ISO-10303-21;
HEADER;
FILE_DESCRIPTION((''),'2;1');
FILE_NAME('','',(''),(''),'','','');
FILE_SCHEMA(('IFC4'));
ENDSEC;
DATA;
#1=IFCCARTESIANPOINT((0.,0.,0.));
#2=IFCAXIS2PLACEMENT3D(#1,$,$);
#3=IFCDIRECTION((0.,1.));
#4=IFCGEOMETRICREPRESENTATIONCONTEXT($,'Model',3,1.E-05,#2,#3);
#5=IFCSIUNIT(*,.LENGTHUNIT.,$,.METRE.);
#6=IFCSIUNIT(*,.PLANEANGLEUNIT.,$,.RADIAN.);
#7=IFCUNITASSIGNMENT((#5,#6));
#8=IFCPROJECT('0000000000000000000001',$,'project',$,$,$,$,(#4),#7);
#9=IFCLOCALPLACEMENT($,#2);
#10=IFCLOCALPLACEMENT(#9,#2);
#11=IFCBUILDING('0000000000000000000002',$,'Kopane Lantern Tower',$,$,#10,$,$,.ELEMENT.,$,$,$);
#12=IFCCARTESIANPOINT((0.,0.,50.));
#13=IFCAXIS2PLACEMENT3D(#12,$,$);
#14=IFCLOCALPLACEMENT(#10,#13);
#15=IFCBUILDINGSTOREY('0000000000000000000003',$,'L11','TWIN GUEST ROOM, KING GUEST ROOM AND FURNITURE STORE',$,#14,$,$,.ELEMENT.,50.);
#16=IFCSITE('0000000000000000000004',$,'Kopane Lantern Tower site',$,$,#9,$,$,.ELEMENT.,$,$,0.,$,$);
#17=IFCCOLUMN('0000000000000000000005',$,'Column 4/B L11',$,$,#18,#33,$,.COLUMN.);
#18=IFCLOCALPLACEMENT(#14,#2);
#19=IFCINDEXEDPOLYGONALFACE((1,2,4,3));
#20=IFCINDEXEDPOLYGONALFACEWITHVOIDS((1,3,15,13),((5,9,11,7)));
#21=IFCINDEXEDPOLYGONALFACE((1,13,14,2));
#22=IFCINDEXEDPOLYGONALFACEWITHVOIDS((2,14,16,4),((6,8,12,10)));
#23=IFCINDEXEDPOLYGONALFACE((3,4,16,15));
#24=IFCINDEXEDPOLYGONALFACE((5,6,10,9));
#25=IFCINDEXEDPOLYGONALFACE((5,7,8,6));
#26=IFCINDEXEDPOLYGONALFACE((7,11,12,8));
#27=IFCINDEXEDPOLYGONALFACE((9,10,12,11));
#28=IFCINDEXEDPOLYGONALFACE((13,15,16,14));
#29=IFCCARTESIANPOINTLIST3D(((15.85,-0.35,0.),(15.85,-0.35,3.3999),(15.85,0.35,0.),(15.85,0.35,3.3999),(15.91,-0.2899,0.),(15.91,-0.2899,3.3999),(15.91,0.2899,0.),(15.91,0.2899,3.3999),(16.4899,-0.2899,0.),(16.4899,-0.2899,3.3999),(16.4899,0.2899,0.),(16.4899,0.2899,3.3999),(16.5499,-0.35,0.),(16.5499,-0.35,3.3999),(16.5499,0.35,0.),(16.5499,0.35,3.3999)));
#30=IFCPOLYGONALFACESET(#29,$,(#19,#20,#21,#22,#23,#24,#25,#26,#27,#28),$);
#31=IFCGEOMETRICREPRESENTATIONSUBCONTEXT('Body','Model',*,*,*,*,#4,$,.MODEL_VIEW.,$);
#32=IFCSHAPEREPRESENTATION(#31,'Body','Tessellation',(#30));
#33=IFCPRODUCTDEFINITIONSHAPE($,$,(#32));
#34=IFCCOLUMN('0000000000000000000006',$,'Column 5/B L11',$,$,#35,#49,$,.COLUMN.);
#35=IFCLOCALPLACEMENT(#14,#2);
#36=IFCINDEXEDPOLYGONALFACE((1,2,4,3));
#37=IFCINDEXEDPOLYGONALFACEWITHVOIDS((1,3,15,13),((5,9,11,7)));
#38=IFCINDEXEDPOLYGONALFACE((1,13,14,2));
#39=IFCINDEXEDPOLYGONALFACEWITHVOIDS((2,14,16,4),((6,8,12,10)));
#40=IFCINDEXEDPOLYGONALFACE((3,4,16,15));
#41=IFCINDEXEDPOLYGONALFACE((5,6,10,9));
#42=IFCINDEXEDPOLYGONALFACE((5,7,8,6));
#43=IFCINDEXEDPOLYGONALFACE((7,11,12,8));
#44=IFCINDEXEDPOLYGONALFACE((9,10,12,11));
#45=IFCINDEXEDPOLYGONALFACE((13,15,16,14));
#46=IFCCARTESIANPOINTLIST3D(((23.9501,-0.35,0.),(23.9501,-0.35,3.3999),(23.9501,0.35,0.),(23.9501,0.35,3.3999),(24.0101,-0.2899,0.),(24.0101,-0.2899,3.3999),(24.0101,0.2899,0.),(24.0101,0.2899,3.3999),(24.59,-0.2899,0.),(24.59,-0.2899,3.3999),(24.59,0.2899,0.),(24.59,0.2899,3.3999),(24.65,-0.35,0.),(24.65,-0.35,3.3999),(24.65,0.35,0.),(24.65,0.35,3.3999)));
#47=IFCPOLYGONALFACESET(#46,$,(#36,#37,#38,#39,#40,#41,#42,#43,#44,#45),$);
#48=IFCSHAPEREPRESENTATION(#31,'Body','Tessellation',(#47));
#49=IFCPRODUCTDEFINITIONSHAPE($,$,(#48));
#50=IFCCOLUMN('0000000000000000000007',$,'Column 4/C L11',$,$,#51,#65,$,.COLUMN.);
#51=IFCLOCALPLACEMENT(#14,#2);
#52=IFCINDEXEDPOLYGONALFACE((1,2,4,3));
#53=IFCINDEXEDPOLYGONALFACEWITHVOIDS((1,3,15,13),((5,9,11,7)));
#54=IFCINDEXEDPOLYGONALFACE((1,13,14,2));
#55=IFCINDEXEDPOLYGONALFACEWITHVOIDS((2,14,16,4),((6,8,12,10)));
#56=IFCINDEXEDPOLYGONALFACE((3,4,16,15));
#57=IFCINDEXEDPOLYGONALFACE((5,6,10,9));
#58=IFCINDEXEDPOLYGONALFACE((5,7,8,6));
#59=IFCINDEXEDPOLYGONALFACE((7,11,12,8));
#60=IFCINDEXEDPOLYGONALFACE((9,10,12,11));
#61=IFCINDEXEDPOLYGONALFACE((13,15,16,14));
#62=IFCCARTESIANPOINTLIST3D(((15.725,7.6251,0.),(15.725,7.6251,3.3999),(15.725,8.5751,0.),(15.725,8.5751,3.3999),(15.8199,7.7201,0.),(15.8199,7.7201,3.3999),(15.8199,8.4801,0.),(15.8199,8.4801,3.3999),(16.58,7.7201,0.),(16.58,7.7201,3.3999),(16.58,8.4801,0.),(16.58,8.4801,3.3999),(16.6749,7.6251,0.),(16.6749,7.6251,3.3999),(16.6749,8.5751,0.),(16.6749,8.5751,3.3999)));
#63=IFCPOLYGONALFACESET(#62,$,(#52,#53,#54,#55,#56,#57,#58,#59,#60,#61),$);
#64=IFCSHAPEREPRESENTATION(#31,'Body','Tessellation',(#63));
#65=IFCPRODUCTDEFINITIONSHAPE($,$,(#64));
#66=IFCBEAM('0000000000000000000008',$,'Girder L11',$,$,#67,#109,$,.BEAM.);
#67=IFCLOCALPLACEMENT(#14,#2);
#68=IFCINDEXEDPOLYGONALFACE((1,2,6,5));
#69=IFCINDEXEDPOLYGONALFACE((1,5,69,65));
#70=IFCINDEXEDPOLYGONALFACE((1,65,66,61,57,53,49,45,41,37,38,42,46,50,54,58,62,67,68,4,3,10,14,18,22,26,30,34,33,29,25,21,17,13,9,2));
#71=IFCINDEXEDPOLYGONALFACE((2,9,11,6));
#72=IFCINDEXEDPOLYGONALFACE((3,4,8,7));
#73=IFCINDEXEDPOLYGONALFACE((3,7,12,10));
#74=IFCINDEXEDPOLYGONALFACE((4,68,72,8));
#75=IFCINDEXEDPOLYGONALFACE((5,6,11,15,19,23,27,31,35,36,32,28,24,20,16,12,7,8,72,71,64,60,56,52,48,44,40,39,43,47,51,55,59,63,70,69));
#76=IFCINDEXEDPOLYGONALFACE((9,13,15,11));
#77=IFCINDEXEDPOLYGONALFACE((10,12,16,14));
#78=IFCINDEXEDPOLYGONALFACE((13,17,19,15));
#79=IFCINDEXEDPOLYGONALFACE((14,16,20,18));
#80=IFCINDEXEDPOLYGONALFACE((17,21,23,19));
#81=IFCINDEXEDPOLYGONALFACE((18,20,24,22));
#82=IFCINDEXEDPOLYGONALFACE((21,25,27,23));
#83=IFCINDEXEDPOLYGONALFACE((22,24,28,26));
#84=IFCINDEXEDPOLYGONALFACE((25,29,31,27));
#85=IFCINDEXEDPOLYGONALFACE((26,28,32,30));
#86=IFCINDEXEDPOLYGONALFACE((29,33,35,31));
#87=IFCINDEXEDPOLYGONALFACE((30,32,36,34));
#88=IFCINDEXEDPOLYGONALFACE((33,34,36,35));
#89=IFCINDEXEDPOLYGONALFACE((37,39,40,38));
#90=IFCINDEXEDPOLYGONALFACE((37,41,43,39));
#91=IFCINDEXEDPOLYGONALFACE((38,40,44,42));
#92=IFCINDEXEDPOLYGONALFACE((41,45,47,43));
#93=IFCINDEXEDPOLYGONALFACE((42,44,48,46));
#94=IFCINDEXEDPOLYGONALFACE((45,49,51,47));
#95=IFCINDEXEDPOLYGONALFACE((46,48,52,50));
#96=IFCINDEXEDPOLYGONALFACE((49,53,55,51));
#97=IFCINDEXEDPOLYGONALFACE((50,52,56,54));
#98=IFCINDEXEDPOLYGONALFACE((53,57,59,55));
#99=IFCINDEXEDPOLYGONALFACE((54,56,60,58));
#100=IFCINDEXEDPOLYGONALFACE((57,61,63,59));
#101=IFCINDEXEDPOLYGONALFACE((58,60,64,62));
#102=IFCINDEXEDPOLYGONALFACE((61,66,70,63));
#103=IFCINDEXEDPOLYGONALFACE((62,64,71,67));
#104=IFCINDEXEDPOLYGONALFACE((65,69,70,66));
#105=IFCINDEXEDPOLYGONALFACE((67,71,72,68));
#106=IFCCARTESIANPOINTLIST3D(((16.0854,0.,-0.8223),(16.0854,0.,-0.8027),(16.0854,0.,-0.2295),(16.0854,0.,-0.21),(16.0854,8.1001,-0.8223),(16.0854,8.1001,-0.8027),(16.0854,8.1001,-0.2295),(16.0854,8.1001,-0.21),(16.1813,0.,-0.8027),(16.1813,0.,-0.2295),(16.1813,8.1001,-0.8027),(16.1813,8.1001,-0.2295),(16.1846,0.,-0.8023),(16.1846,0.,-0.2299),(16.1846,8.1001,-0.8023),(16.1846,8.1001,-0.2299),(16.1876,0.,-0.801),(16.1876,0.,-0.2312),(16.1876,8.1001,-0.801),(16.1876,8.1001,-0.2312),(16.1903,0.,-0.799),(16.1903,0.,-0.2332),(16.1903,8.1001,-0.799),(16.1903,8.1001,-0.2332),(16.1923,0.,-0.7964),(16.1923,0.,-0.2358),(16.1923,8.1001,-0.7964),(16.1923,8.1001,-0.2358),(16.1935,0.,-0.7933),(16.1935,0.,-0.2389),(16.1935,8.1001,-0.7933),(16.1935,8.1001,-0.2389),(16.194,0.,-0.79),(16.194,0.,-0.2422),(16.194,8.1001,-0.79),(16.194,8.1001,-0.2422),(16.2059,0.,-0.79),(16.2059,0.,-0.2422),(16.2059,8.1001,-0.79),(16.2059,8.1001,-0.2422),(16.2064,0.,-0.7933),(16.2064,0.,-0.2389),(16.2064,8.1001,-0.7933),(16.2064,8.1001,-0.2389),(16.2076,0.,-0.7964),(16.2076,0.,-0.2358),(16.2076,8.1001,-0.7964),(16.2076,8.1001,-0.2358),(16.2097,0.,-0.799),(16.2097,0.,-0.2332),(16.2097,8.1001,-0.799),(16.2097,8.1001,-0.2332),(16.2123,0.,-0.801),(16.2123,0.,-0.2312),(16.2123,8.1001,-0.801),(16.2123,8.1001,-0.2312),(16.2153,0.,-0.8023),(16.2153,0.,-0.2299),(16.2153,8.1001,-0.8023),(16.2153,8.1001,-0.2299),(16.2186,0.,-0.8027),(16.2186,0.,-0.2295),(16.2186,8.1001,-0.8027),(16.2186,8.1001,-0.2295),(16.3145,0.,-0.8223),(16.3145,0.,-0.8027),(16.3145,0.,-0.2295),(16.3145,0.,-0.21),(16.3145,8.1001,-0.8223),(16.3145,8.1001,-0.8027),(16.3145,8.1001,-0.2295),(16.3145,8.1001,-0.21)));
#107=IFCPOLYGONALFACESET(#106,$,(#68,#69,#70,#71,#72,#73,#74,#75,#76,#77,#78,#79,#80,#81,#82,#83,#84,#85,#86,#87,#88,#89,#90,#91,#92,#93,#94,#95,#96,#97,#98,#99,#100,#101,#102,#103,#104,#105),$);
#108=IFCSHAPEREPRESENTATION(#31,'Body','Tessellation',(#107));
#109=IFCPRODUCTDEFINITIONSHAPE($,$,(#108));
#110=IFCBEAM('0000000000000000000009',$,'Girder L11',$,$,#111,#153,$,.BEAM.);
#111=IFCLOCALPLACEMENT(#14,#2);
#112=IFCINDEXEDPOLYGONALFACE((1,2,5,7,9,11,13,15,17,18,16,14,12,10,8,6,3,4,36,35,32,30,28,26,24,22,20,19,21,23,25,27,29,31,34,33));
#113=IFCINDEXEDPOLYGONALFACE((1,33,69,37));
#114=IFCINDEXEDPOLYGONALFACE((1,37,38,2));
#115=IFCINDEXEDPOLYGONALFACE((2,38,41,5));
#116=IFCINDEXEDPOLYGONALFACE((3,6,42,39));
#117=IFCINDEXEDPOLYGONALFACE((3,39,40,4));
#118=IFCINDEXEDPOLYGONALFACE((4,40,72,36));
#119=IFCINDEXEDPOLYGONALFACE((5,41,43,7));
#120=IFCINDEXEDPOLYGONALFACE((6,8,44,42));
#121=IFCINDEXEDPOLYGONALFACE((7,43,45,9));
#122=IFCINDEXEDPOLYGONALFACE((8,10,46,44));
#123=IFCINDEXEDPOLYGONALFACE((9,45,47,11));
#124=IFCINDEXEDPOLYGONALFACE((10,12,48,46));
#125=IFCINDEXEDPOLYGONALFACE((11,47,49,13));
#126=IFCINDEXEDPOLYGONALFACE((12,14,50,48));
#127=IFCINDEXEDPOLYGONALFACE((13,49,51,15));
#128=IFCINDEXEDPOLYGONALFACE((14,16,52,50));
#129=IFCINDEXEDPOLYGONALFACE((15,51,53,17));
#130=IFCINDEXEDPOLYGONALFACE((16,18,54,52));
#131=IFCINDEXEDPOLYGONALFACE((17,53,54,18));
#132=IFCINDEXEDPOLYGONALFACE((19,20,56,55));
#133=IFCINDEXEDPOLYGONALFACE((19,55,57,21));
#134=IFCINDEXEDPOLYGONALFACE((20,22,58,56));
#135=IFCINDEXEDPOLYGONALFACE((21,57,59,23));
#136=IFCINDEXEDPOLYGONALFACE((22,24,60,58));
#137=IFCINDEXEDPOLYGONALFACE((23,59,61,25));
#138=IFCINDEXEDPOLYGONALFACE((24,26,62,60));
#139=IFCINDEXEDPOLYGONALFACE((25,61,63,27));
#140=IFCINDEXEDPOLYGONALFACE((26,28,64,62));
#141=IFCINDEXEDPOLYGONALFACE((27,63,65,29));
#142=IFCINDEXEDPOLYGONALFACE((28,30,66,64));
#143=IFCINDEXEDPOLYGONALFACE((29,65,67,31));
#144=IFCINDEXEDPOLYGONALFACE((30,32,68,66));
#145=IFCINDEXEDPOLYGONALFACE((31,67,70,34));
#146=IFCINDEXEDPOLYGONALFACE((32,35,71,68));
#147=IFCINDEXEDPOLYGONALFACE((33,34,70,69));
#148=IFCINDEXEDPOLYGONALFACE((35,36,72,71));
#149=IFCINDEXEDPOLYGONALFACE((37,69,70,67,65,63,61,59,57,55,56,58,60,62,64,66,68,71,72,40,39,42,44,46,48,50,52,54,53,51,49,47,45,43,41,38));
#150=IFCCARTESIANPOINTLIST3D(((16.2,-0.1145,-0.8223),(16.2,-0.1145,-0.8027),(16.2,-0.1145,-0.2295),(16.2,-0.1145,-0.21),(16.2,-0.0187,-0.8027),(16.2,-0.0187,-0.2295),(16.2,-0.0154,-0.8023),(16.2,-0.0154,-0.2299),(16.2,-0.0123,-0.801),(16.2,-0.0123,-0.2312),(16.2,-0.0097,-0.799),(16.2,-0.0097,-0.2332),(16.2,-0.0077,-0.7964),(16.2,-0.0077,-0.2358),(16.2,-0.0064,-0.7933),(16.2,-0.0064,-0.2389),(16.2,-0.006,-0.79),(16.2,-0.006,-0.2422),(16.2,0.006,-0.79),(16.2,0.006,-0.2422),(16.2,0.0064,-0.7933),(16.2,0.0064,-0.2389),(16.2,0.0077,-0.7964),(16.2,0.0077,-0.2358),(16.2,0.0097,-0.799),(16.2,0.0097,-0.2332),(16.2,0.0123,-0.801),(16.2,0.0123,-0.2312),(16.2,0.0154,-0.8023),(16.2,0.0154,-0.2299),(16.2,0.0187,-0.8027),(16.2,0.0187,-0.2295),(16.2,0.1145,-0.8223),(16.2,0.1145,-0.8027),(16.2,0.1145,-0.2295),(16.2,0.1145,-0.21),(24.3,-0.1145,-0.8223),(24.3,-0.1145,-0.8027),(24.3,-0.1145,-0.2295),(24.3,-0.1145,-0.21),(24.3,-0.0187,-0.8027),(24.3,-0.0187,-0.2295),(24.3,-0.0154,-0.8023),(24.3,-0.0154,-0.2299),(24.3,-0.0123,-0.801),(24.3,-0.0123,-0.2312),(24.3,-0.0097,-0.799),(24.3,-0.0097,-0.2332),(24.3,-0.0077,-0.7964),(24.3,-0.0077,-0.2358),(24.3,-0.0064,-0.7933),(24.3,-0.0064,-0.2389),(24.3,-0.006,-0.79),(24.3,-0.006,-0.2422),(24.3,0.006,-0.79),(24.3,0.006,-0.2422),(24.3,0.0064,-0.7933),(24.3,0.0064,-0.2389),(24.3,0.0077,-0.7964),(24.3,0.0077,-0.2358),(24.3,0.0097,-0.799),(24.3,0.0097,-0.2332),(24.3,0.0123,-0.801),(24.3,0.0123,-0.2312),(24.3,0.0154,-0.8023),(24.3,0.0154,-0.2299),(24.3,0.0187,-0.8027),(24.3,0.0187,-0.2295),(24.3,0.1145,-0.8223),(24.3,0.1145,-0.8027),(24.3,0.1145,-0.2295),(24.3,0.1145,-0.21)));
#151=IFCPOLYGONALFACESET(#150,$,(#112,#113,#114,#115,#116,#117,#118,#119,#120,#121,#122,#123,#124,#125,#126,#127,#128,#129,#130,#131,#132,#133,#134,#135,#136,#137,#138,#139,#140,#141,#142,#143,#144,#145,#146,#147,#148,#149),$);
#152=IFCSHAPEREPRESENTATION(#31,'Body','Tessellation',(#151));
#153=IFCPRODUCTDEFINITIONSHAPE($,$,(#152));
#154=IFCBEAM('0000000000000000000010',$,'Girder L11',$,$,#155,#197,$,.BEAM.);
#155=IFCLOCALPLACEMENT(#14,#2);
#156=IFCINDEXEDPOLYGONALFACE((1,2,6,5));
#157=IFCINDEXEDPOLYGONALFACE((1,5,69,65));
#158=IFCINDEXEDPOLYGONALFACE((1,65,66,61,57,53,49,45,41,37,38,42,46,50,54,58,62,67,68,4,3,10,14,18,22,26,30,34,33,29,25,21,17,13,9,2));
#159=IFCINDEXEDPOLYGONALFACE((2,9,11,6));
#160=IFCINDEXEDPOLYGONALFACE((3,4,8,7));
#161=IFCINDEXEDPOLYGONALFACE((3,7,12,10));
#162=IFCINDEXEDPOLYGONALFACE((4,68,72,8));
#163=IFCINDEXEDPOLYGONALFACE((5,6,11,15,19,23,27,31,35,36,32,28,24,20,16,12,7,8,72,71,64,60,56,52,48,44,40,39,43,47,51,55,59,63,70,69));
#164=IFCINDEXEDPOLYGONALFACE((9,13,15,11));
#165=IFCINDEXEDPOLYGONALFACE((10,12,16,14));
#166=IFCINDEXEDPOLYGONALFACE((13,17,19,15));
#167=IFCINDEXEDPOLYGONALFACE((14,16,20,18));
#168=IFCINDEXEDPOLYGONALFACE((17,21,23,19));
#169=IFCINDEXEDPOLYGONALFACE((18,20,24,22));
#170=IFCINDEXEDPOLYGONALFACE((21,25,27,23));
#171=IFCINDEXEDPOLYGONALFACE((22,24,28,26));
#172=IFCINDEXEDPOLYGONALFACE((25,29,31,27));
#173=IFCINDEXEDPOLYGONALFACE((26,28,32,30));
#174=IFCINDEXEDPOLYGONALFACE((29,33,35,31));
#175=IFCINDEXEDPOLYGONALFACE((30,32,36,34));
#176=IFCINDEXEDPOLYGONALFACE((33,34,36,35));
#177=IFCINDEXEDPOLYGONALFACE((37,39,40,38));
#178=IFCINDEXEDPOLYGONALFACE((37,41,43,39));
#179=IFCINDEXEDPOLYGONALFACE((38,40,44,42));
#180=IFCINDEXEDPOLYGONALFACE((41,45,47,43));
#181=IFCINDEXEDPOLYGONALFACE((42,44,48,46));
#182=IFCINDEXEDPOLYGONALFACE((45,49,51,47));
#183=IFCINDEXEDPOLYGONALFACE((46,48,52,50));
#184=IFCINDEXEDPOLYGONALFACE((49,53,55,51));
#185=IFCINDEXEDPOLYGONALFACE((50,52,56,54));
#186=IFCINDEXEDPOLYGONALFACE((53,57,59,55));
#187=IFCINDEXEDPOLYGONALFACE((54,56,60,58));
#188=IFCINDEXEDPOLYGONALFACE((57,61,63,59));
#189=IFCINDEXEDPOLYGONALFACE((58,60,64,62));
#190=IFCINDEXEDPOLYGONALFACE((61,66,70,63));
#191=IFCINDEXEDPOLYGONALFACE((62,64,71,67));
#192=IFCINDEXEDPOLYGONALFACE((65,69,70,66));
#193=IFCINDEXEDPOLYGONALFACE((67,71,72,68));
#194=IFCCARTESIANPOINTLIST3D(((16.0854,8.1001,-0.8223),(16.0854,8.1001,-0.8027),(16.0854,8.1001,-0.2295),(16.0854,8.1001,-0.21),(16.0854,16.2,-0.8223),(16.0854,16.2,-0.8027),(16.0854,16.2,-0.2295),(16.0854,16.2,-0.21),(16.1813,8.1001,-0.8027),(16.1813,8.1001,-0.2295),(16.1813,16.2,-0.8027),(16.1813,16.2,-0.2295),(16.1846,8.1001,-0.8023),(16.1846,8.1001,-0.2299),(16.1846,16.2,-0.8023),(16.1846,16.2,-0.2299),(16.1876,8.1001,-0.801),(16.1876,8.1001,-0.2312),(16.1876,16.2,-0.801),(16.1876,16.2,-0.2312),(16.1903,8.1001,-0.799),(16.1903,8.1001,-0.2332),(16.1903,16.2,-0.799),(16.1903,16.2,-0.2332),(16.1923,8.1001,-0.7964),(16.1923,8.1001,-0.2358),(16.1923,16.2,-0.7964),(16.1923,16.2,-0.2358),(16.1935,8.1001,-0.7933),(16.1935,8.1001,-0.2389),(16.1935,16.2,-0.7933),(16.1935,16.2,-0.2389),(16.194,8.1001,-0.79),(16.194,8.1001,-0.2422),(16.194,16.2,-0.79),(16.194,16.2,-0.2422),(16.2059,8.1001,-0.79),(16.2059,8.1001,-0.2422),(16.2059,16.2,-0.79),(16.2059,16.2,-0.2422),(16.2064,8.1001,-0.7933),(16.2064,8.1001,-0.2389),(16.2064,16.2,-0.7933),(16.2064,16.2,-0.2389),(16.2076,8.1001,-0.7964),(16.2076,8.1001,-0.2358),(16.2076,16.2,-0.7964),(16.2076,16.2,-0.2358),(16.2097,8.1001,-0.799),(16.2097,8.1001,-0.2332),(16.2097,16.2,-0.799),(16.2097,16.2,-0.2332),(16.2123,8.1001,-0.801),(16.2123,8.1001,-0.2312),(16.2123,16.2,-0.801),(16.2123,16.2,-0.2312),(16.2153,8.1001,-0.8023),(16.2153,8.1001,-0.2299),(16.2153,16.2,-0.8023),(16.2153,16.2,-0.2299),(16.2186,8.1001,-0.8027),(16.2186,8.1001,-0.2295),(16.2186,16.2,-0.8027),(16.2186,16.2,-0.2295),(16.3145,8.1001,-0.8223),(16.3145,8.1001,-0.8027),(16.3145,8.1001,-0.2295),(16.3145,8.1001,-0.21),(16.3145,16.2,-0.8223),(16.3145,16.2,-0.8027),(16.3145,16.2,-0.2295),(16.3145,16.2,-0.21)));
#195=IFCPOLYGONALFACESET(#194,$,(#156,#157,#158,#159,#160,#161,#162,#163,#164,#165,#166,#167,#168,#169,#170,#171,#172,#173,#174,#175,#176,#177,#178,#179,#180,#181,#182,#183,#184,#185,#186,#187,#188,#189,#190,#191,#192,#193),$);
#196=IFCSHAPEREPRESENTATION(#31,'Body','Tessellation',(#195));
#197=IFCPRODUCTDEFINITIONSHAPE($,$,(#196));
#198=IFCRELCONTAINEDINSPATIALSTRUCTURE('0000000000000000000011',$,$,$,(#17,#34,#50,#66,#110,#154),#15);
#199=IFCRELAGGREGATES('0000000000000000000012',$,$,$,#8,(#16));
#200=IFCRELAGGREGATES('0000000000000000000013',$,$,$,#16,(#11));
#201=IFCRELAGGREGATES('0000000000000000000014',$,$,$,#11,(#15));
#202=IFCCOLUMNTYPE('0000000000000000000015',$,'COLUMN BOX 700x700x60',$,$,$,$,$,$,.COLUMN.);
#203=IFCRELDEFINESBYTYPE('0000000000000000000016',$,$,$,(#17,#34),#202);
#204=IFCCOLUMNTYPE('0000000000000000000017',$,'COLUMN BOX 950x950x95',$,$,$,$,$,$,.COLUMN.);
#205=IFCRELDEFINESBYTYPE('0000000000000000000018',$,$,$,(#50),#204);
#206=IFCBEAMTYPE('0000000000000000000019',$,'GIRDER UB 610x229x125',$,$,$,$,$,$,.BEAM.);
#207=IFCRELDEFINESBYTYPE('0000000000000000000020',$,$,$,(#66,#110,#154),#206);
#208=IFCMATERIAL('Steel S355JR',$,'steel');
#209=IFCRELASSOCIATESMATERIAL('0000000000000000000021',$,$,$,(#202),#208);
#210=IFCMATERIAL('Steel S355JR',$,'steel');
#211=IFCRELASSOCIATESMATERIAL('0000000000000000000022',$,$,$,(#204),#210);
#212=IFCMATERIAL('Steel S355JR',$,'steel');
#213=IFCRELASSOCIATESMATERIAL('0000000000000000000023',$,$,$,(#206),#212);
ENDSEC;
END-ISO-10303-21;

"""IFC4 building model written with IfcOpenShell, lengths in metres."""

from ifc_helpers import new_model, si_unit, direction, frame, origin, origin_2d, place, context, subcontext, project, spatial, hollow_rectangle, i_section, extrude, material, material_profile, profile_set, type_object, element, save


model = new_model("IFC4")

# Units and contexts
model_context = context("Model", 3, precision=1e-05, world=origin(), true_north=direction((0.0, 1.0)))
body_context = subcontext(model_context, "Body", "Model", "MODEL_VIEW")
ifc_project = project(units=[si_unit("LENGTHUNIT", "METRE"), si_unit("PLANEANGLEUNIT", "RADIAN")], contexts=[model_context])

# Site, building, storey
site_placement = place(None, origin())
site = spatial("IfcSite", under=ifc_project, at=site_placement, Name="Kopane Lantern Tower site", CompositionType="ELEMENT", RefElevation=0.0)
building_placement = place(site_placement, origin())
building = spatial("IfcBuilding", under=site, at=building_placement, Name="Kopane Lantern Tower", CompositionType="ELEMENT")
storey_placement = place(building_placement, frame((0.0, 0.0, 50.0)))
storey = spatial("IfcBuildingStorey", under=building, at=storey_placement, Name="L11", Description="TWIN GUEST ROOM, KING GUEST ROOM AND FURNITURE STORE", CompositionType="ELEMENT", Elevation=50.0)

# Columns
ifc_material_1 = material(Name="Steel S355JR", Category="steel")
ifc_material_profile_1 = material_profile(ifc_material_1, hollow_rectangle(XDim=0.7, YDim=0.7, WallThickness=0.0601, at=origin_2d()), Name="BOX 700x700x60")
ifc_profile_set_1 = profile_set([ifc_material_profile_1], Name="Steel S355JR")
column_type_1 = type_object("IfcColumnType", Name="COLUMN BOX 700x700x60", PredefinedType="COLUMN", material=ifc_profile_set_1)
for number, where, z_axis, x_axis, name in (
    (1, (16.2, 0.0, 0.0), (0.0, 0.0, 1.0), (1.0, 0.0, 0.0), "Column 4/B L11"),
    (2, (24.3, 0.0, 0.0), (0.0, 0.0, 1.0), (1.0, 0.0, 0.0), "Column 5/B L11"),
):
    element("IfcColumn", number, at=place(storey_placement, frame(where, z_axis=z_axis, x_axis=x_axis)), inside=storey, type_object=column_type_1, Name=name, PredefinedType="COLUMN", context=body_context, shape_type="SweptSolid", body=[
        extrude(hollow_rectangle(XDim=0.7, YDim=0.7, WallThickness=0.0601, at=origin_2d()), origin(), (0.0, 0.0, 1.0), 3.3999),
    ])
ifc_material_2 = material(Name="Steel S355JR", Category="steel")
ifc_material_profile_2 = material_profile(ifc_material_2, hollow_rectangle(XDim=0.95, YDim=0.95, WallThickness=0.095, at=origin_2d()), Name="BOX 950x950x95")
ifc_profile_set_2 = profile_set([ifc_material_profile_2], Name="Steel S355JR")
column_type_2 = type_object("IfcColumnType", Name="COLUMN BOX 950x950x95", PredefinedType="COLUMN", material=ifc_profile_set_2)
column_placement = place(storey_placement, frame((16.2, 8.1001, 0.0), z_axis=(0.0, 0.0, 1.0), x_axis=(1.0, 0.0, 0.0)))
element("IfcColumn", 3, at=column_placement, inside=storey, type_object=column_type_2, Name="Column 4/C L11", PredefinedType="COLUMN", context=body_context, shape_type="SweptSolid", body=[
    extrude(hollow_rectangle(XDim=0.95, YDim=0.95, WallThickness=0.095, at=origin_2d()), origin(), (0.0, 0.0, 1.0), 3.3999),
])

# Beams
ifc_material_3 = material(Name="Steel S355JR", Category="steel")
ifc_material_profile_3 = material_profile(ifc_material_3, i_section(OverallWidth=0.229, OverallDepth=0.6123, WebThickness=0.012, FlangeThickness=0.0195, FilletRadius=0.0127, at=origin_2d()), Name="UB 610x229x125")
ifc_profile_set_3 = profile_set([ifc_material_profile_3], Name="Steel S355JR")
beam_type = type_object("IfcBeamType", Name="GIRDER UB 610x229x125", PredefinedType="BEAM", material=ifc_profile_set_3)
for number, where, z_axis, x_axis, name in (
    (4, (16.2, 0.0, -0.5161), (0.0, 1.0, 0.0), (-1.0, 0.0, 0.0), "Girder L11"),
    (5, (16.2, 0.0, -0.5161), (1.0, 0.0, 0.0), (0.0, 1.0, 0.0), "Girder L11"),
):
    element("IfcBeam", number, at=place(storey_placement, frame(where, z_axis=z_axis, x_axis=x_axis)), inside=storey, type_object=beam_type, Name=name, PredefinedType="BEAM", context=body_context, shape_type="SweptSolid", body=[
        extrude(i_section(OverallWidth=0.229, OverallDepth=0.6123, WebThickness=0.012, FlangeThickness=0.0195, FilletRadius=0.0127, at=origin_2d()), origin(), (0.0, 0.0, 1.0), 8.1001),
    ])
beam_1_placement = place(storey_placement, frame((16.2, 8.1001, -0.5161), z_axis=(0.0, 1.0, 0.0), x_axis=(-1.0, 0.0, 0.0)))
element("IfcBeam", 6, at=beam_1_placement, inside=storey, type_object=beam_type, Name="Girder L11", PredefinedType="BEAM", context=body_context, shape_type="SweptSolid", body=[
    extrude(i_section(OverallWidth=0.229, OverallDepth=0.6123, WebThickness=0.012, FlangeThickness=0.0195, FilletRadius=0.0127, at=origin_2d()), origin(), (0.0, 0.0, 1.0), 8.0999),
])

save(model, "model.ifc")
